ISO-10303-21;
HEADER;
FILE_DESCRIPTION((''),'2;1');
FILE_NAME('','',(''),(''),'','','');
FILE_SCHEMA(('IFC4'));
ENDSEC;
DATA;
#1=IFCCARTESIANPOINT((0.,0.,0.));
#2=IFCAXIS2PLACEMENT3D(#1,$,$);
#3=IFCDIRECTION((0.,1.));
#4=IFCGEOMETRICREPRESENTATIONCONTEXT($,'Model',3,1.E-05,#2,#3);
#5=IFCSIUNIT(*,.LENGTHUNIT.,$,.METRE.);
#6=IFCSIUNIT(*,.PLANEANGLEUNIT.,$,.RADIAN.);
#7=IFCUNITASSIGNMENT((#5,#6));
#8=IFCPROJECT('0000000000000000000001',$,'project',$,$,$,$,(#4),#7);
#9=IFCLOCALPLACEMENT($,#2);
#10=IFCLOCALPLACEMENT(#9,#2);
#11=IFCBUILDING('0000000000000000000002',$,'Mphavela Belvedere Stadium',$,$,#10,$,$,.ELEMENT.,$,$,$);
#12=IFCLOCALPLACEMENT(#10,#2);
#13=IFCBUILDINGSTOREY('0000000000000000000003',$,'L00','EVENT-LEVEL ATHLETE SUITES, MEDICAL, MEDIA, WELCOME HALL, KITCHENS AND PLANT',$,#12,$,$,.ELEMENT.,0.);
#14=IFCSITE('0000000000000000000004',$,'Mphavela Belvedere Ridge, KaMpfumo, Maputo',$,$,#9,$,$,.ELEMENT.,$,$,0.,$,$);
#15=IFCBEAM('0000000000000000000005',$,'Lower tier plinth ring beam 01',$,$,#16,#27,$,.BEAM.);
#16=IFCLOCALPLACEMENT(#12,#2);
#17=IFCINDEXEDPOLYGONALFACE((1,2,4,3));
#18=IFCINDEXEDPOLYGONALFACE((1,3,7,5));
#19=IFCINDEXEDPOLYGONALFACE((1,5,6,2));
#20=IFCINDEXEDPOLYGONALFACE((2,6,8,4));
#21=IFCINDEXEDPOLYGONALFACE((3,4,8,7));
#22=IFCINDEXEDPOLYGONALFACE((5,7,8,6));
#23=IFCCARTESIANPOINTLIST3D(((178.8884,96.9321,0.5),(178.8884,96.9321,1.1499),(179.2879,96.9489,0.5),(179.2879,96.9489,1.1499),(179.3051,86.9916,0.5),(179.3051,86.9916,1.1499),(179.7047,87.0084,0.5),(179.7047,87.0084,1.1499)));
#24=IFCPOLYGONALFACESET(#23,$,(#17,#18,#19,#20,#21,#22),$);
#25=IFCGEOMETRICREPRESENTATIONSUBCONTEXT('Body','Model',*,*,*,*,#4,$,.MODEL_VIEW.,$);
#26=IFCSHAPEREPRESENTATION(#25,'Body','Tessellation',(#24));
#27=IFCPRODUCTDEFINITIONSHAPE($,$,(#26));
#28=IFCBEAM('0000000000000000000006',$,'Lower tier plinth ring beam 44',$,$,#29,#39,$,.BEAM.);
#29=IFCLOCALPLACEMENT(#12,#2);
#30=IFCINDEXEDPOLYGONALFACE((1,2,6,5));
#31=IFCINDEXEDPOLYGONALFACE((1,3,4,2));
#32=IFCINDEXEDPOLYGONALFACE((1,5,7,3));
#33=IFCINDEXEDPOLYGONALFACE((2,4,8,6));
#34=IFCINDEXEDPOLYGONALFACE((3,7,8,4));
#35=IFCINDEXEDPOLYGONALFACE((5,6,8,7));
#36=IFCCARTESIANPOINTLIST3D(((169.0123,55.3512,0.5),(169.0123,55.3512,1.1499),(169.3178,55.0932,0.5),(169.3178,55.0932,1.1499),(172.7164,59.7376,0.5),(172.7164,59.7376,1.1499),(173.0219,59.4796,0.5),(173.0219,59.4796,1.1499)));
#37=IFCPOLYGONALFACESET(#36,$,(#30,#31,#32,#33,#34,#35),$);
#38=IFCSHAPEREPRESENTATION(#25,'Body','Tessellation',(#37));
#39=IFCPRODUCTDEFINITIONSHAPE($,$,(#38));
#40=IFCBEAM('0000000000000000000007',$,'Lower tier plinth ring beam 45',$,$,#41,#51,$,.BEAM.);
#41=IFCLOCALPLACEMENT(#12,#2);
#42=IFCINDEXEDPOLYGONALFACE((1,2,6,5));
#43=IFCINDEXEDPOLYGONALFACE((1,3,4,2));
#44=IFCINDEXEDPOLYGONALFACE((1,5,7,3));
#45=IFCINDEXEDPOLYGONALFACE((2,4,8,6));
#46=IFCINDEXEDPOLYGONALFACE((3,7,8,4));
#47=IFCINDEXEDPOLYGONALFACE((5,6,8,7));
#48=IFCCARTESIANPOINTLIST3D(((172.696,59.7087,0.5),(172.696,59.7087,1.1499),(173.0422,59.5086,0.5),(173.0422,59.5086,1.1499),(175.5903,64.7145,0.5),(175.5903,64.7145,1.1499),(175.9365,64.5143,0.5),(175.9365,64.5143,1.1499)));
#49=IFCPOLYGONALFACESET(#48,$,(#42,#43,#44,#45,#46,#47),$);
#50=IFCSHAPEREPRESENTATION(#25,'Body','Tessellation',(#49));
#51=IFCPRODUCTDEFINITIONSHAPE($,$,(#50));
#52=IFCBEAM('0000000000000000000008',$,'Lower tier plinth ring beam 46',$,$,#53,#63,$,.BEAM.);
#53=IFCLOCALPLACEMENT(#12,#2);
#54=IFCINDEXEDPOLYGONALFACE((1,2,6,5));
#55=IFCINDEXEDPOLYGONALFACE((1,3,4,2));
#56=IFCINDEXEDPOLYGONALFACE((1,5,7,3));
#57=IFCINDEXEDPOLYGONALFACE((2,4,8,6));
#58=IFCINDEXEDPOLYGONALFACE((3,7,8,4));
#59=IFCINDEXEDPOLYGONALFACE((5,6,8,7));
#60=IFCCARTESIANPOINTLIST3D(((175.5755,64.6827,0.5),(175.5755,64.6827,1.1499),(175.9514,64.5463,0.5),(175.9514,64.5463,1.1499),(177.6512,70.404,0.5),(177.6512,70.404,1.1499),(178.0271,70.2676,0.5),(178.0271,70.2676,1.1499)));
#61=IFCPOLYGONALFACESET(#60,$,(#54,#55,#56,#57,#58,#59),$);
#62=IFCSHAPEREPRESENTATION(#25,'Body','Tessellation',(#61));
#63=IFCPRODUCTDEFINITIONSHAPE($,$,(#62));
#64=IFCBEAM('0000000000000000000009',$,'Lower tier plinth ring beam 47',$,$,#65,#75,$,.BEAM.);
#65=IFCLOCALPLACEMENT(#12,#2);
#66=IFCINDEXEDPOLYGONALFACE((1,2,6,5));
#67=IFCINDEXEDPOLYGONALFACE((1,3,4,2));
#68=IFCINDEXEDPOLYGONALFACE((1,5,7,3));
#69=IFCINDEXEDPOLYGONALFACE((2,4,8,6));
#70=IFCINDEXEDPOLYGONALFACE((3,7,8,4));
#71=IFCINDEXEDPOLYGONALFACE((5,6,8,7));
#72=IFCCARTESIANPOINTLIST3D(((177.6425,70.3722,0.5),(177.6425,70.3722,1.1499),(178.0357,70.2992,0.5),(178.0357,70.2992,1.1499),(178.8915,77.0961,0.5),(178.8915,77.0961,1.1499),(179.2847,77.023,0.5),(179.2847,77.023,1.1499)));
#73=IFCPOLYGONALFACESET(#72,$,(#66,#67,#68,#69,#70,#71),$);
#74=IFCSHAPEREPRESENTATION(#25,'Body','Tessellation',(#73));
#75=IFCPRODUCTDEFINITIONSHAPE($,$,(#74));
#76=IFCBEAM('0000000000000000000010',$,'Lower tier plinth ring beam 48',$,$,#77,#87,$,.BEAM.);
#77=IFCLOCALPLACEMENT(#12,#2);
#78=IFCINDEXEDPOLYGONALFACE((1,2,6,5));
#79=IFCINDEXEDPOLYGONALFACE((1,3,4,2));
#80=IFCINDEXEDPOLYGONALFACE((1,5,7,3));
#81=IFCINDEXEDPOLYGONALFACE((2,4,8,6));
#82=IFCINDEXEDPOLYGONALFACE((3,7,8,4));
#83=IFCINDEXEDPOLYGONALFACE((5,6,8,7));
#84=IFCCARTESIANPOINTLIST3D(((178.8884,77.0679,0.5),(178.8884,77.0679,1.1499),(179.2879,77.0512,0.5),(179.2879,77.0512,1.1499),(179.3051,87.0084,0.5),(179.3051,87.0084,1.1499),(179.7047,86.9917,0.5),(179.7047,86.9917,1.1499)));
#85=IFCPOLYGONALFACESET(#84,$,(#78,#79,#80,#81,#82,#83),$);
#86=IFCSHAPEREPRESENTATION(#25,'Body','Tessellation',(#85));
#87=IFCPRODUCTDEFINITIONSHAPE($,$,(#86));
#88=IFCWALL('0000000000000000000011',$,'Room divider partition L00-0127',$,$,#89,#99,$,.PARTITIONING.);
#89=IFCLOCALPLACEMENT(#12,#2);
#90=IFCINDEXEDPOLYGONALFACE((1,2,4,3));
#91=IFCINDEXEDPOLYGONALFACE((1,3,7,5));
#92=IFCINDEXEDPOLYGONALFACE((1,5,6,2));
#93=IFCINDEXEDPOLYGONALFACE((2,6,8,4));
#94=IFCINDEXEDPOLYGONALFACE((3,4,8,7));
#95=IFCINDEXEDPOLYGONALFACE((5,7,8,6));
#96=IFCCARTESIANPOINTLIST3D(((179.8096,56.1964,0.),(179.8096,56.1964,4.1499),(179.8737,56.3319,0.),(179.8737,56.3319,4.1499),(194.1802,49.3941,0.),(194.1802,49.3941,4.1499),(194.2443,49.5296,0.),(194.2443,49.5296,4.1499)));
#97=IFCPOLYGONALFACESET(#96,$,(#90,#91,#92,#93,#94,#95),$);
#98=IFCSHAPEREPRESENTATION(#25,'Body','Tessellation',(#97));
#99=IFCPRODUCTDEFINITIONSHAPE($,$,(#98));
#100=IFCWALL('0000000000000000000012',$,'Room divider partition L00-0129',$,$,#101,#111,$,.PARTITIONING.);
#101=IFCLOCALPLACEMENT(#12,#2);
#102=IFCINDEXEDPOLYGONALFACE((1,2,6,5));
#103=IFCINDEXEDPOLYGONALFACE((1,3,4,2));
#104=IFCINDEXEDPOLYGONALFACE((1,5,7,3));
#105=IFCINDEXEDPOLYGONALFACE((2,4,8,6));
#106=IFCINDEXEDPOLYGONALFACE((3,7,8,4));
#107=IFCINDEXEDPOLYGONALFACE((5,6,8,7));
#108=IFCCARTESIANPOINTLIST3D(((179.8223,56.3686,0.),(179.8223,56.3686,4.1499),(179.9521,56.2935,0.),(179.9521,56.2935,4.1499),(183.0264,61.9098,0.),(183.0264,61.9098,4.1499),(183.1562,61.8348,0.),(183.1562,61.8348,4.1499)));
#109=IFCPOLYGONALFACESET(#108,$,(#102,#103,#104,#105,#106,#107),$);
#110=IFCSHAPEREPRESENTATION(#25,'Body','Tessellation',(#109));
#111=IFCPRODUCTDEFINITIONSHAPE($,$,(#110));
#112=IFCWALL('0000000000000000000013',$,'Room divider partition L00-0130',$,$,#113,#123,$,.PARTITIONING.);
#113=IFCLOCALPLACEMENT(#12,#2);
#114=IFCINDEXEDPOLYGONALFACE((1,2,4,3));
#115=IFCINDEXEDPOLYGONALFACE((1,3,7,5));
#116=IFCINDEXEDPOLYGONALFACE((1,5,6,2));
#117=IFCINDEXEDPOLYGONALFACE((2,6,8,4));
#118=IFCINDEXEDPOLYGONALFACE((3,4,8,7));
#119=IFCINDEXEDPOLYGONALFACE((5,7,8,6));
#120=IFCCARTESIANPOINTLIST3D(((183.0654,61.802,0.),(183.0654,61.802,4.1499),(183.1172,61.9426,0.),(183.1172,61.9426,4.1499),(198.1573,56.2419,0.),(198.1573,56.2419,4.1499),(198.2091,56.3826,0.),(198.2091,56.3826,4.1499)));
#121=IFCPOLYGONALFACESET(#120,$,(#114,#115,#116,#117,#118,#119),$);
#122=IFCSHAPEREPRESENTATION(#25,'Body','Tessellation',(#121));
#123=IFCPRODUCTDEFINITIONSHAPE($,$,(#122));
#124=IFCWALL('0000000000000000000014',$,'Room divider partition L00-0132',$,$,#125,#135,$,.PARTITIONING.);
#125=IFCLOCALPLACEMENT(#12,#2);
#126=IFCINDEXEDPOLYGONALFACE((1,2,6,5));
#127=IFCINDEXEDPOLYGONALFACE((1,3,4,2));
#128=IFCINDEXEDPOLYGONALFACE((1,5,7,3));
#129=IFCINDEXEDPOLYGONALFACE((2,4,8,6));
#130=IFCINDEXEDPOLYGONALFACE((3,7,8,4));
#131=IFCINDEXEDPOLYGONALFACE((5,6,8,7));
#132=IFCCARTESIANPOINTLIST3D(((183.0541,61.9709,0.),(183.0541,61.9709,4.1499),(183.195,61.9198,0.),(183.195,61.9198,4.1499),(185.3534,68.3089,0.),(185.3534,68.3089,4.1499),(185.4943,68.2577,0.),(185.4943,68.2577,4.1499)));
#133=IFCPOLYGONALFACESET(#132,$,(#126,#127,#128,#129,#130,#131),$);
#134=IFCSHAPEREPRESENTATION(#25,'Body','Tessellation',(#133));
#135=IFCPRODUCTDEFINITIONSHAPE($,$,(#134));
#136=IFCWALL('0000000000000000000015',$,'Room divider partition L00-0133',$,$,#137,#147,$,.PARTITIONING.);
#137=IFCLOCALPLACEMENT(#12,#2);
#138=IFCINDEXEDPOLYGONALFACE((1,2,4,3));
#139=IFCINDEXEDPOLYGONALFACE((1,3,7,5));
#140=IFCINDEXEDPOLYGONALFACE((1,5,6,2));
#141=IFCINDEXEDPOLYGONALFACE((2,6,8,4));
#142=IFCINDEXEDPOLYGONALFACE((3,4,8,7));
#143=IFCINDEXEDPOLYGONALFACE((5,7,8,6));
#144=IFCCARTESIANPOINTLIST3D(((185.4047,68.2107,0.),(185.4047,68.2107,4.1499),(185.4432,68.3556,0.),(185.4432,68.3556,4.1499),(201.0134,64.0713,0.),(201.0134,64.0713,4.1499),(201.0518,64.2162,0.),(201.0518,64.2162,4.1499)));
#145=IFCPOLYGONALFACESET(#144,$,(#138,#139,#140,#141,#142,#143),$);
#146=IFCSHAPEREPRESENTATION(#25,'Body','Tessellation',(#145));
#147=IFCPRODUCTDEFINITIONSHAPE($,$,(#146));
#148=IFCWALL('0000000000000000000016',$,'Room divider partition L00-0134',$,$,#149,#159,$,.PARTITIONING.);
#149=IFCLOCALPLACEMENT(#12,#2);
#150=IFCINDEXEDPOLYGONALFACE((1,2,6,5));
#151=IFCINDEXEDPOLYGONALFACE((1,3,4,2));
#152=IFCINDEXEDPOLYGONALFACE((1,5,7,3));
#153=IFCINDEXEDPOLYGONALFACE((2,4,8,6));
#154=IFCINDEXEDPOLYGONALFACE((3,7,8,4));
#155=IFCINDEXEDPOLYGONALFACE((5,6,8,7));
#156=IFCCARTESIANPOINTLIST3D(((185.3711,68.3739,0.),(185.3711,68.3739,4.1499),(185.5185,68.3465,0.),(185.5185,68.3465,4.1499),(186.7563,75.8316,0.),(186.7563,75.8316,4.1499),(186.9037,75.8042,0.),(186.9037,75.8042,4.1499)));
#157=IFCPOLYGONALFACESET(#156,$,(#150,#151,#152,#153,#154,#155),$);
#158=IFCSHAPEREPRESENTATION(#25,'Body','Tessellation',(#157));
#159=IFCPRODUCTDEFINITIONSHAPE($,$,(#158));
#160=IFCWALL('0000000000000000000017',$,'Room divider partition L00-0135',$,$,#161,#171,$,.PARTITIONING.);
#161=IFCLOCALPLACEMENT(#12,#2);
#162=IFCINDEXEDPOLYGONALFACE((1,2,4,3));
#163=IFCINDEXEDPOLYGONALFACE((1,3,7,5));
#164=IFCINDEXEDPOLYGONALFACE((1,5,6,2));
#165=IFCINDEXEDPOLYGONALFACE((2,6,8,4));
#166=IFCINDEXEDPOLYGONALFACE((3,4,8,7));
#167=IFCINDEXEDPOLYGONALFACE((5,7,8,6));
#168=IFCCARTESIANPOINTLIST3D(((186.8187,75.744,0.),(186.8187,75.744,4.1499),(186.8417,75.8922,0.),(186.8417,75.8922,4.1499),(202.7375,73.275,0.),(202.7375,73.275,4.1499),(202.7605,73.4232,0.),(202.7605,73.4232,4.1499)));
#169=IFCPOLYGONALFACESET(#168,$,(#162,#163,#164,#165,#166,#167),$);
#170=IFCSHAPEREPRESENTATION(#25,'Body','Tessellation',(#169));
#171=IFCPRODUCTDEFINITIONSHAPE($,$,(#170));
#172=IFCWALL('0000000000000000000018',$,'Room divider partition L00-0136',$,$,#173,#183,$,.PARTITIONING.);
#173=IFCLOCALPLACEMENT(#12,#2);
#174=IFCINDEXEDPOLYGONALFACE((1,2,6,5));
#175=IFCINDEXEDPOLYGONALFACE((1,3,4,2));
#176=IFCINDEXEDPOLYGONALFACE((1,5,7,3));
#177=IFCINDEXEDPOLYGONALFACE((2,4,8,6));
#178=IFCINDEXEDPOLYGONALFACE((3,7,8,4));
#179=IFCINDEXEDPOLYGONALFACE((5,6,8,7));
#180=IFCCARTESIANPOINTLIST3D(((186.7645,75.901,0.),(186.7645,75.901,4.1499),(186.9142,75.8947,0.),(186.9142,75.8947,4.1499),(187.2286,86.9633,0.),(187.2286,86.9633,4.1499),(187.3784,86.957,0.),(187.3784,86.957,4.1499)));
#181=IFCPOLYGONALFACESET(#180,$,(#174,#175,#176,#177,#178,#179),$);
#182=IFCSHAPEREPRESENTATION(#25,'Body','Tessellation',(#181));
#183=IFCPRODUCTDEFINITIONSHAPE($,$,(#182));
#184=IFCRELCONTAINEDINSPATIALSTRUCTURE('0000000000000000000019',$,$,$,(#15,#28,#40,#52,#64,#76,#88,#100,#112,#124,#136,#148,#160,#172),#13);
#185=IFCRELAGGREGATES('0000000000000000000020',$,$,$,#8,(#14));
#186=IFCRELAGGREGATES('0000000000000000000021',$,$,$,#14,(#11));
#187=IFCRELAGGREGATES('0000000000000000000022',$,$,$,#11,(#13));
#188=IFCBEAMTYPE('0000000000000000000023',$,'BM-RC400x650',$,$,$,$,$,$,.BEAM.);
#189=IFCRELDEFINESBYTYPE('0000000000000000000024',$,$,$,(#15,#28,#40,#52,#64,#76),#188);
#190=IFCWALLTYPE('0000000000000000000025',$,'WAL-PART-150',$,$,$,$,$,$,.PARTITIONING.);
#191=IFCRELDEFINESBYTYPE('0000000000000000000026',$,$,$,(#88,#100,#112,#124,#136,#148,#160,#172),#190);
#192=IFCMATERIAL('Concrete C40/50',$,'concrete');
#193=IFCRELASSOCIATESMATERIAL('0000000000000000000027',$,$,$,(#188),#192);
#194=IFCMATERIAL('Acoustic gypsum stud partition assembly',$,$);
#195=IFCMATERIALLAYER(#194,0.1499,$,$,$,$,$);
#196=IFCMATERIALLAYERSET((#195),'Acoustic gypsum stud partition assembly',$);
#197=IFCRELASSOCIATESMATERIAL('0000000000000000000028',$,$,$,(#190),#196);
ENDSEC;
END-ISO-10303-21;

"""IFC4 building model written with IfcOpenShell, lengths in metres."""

from ifc_helpers import new_model, si_unit, direction, frame, frame_2d, origin, origin_2d, place, context, subcontext, project, spatial, rectangle, extrude, material, layer, layer_set, material_profile, profile_set, type_object, element, save


model = new_model("IFC4")

# Units and contexts
model_context = context("Model", 3, precision=1e-05, world=origin(), true_north=direction((0.0, 1.0)))
body_context = subcontext(model_context, "Body", "Model", "MODEL_VIEW")
ifc_project = project(units=[si_unit("LENGTHUNIT", "METRE"), si_unit("PLANEANGLEUNIT", "RADIAN")], contexts=[model_context])

# Site, building, storey
site_placement = place(None, origin())
site = spatial("IfcSite", under=ifc_project, at=site_placement, Name="Mphavela Belvedere Ridge, KaMpfumo, Maputo", CompositionType="ELEMENT", RefElevation=0.0)
building_placement = place(site_placement, origin())
building = spatial("IfcBuilding", under=site, at=building_placement, Name="Mphavela Belvedere Stadium", CompositionType="ELEMENT")
storey_placement = place(building_placement, origin())
storey = spatial("IfcBuildingStorey", under=building, at=storey_placement, Name="L00", Description="EVENT-LEVEL ATHLETE SUITES, MEDICAL, MEDIA, WELCOME HALL, KITCHENS AND PLANT", CompositionType="ELEMENT", Elevation=0.0)

# Beams
ifc_material_1 = material(Name="Concrete C40/50", Category="concrete")
ifc_material_profile_1 = material_profile(ifc_material_1, rectangle(XDim=0.3999, YDim=0.6499, at=origin_2d()), Name="RC 400x650")
ifc_profile_set_1 = profile_set([ifc_material_profile_1], Name="Concrete C40/50")
beam_type = type_object("IfcBeamType", Name="BM-RC400x650", PredefinedType="BEAM", material=ifc_profile_set_1)
beam_1_placement = place(storey_placement, frame((179.5049, 87.0, 0.825), z_axis=(-0.041888, 0.999122, 0.0), x_axis=(-0.999122, -0.041888, 0.0)))
element("IfcBeam", 1, at=beam_1_placement, inside=storey, type_object=beam_type, Name="Lower tier plinth ring beam 01", PredefinedType="BEAM", context=body_context, shape_type="SweptSolid", body=[
    extrude(rectangle(XDim=0.3999, YDim=0.6499, at=origin_2d()), origin(), (0.0, 0.0, 1.0), 9.9492),
])
beam_2_placement = place(storey_placement, frame((169.165, 55.2222, 0.825), z_axis=(0.645178, 0.764033, 0.0), x_axis=(-0.764033, 0.645178, 0.0)))
element("IfcBeam", 2, at=beam_2_placement, inside=storey, type_object=beam_type, Name="Lower tier plinth ring beam 44", PredefinedType="BEAM", context=body_context, shape_type="SweptSolid", body=[
    extrude(rectangle(XDim=0.3999, YDim=0.6499, at=origin_2d()), origin(), (0.0, 0.0, 1.0), 5.7412),
])
beam_3_placement = place(storey_placement, frame((172.8691, 59.6086, 0.825), z_axis=(0.500539, 0.865714, 0.0), x_axis=(-0.865714, 0.500539, 0.0)))
element("IfcBeam", 3, at=beam_3_placement, inside=storey, type_object=beam_type, Name="Lower tier plinth ring beam 45", PredefinedType="BEAM", context=body_context, shape_type="SweptSolid", body=[
    extrude(rectangle(XDim=0.3999, YDim=0.6499, at=origin_2d()), origin(), (0.0, 0.0, 1.0), 5.7822),
])
beam_4_placement = place(storey_placement, frame((175.7634, 64.6145, 0.825), z_axis=(0.341054, 0.940044, 0.0), x_axis=(-0.940044, 0.341054, 0.0)))
element("IfcBeam", 4, at=beam_4_placement, inside=storey, type_object=beam_type, Name="Lower tier plinth ring beam 46", PredefinedType="BEAM", context=body_context, shape_type="SweptSolid", body=[
    extrude(rectangle(XDim=0.3999, YDim=0.6499, at=origin_2d()), origin(), (0.0, 0.0, 1.0), 6.0862),
])
beam_5_placement = place(storey_placement, frame((177.8391, 70.3357, 0.825), z_axis=(0.182635, 0.983181, 0.0), x_axis=(-0.983181, 0.182635, 0.0)))
element("IfcBeam", 5, at=beam_5_placement, inside=storey, type_object=beam_type, Name="Lower tier plinth ring beam 47", PredefinedType="BEAM", context=body_context, shape_type="SweptSolid", body=[
    extrude(rectangle(XDim=0.3999, YDim=0.6499, at=origin_2d()), origin(), (0.0, 0.0, 1.0), 6.8389),
])
beam_6_placement = place(storey_placement, frame((179.0881, 77.0596, 0.825), z_axis=(0.041888, 0.999122, 0.0), x_axis=(-0.999122, 0.041888, 0.0)))
element("IfcBeam", 6, at=beam_6_placement, inside=storey, type_object=beam_type, Name="Lower tier plinth ring beam 48", PredefinedType="BEAM", context=body_context, shape_type="SweptSolid", body=[
    extrude(rectangle(XDim=0.3999, YDim=0.6499, at=origin_2d()), origin(), (0.0, 0.0, 1.0), 9.9492),
])

# Walls
ifc_material_2 = material(Name="Acoustic gypsum stud partition assembly")
ifc_layer = layer(ifc_material_2, 0.1499)
ifc_layer_set = layer_set([ifc_layer], Name="Acoustic gypsum stud partition assembly")
wall_type = type_object("IfcWallType", Name="WAL-PART-150", PredefinedType="PARTITIONING", material=ifc_layer_set)
wall_1_placement = place(storey_placement, frame((179.8416, 56.2642, 0.0), z_axis=(0.0, 0.0, 1.0), x_axis=(0.903857, -0.427835, 0.0)))
element("IfcWall", 7, at=wall_1_placement, inside=storey, type_object=wall_type, Name="Room divider partition L00-0127", PredefinedType="PARTITIONING", context=body_context, shape_type="SweptSolid", body=[
    extrude(rectangle(XDim=15.8992, YDim=0.1499, at=frame_2d((7.9497, 0.0))), origin(), (0.0, 0.0, 1.0), 4.1499),
])
wall_2_placement = place(storey_placement, frame((179.8872, 56.3311, 0.0), z_axis=(0.0, 0.0, 1.0), x_axis=(0.500569, 0.865697, 0.0)))
element("IfcWall", 8, at=wall_2_placement, inside=storey, type_object=wall_type, Name="Room divider partition L00-0129", PredefinedType="PARTITIONING", context=body_context, shape_type="SweptSolid", body=[
    extrude(rectangle(XDim=6.4009, YDim=0.1499, at=frame_2d((3.2004, 0.0))), origin(), (0.0, 0.0, 1.0), 4.1499),
])
wall_3_placement = place(storey_placement, frame((183.0913, 61.8723, 0.0), z_axis=(0.0, 0.0, 1.0), x_axis=(0.938345, -0.345701, 0.0)))
element("IfcWall", 9, at=wall_3_placement, inside=storey, type_object=wall_type, Name="Room divider partition L00-0130", PredefinedType="PARTITIONING", context=body_context, shape_type="SweptSolid", body=[
    extrude(rectangle(XDim=16.0835, YDim=0.1499, at=frame_2d((8.0417, 0.0))), origin(), (0.0, 0.0, 1.0), 4.1499),
])
wall_4_placement = place(storey_placement, frame((183.1245, 61.9453, 0.0), z_axis=(0.0, 0.0, 1.0), x_axis=(0.341039, 0.940049, 0.0)))
element("IfcWall", 10, at=wall_4_placement, inside=storey, type_object=wall_type, Name="Room divider partition L00-0132", PredefinedType="PARTITIONING", context=body_context, shape_type="SweptSolid", body=[
    extrude(rectangle(XDim=6.7422, YDim=0.1499, at=frame_2d((3.3711, 0.0))), origin(), (0.0, 0.0, 1.0), 4.1499),
])
wall_5_placement = place(storey_placement, frame((185.4238, 68.2832, 0.0), z_axis=(0.0, 0.0, 1.0), x_axis=(0.966587, -0.256338, 0.0)))
element("IfcWall", 11, at=wall_5_placement, inside=storey, type_object=wall_type, Name="Room divider partition L00-0133", PredefinedType="PARTITIONING", context=body_context, shape_type="SweptSolid", body=[
    extrude(rectangle(XDim=16.1482, YDim=0.1499, at=frame_2d((8.0742, 0.0))), origin(), (0.0, 0.0, 1.0), 4.1499),
])
wall_6_placement = place(storey_placement, frame((185.4448, 68.3604, 0.0), z_axis=(0.0, 0.0, 1.0), x_axis=(0.182623, 0.983183, 0.0)))
element("IfcWall", 12, at=wall_6_placement, inside=storey, type_object=wall_type, Name="Room divider partition L00-0134", PredefinedType="PARTITIONING", context=body_context, shape_type="SweptSolid", body=[
    extrude(rectangle(XDim=7.5852, YDim=0.1499, at=frame_2d((3.7925, 0.0))), origin(), (0.0, 0.0, 1.0), 4.1499),
])
wall_7_placement = place(storey_placement, frame((186.8301, 75.8181, 0.0), z_axis=(0.0, 0.0, 1.0), x_axis=(0.988185, -0.153268, 0.0)))
element("IfcWall", 13, at=wall_7_placement, inside=storey, type_object=wall_type, Name="Room divider partition L00-0135", PredefinedType="PARTITIONING", context=body_context, shape_type="SweptSolid", body=[
    extrude(rectangle(XDim=16.1091, YDim=0.1499, at=frame_2d((8.0547, 0.0))), origin(), (0.0, 0.0, 1.0), 4.1499),
])
wall_8_placement = place(storey_placement, frame((186.8394, 75.8977, 0.0), z_axis=(0.0, 0.0, 1.0), x_axis=(0.041918, 0.999121, 0.0)))
element("IfcWall", 14, at=wall_8_placement, inside=storey, type_object=wall_type, Name="Room divider partition L00-0136", PredefinedType="PARTITIONING", context=body_context, shape_type="SweptSolid", body=[
    extrude(rectangle(XDim=11.072, YDim=0.1499, at=frame_2d((5.5361, 0.0))), origin(), (0.0, 0.0, 1.0), 4.1499),
])

save(model, "model.ifc")
